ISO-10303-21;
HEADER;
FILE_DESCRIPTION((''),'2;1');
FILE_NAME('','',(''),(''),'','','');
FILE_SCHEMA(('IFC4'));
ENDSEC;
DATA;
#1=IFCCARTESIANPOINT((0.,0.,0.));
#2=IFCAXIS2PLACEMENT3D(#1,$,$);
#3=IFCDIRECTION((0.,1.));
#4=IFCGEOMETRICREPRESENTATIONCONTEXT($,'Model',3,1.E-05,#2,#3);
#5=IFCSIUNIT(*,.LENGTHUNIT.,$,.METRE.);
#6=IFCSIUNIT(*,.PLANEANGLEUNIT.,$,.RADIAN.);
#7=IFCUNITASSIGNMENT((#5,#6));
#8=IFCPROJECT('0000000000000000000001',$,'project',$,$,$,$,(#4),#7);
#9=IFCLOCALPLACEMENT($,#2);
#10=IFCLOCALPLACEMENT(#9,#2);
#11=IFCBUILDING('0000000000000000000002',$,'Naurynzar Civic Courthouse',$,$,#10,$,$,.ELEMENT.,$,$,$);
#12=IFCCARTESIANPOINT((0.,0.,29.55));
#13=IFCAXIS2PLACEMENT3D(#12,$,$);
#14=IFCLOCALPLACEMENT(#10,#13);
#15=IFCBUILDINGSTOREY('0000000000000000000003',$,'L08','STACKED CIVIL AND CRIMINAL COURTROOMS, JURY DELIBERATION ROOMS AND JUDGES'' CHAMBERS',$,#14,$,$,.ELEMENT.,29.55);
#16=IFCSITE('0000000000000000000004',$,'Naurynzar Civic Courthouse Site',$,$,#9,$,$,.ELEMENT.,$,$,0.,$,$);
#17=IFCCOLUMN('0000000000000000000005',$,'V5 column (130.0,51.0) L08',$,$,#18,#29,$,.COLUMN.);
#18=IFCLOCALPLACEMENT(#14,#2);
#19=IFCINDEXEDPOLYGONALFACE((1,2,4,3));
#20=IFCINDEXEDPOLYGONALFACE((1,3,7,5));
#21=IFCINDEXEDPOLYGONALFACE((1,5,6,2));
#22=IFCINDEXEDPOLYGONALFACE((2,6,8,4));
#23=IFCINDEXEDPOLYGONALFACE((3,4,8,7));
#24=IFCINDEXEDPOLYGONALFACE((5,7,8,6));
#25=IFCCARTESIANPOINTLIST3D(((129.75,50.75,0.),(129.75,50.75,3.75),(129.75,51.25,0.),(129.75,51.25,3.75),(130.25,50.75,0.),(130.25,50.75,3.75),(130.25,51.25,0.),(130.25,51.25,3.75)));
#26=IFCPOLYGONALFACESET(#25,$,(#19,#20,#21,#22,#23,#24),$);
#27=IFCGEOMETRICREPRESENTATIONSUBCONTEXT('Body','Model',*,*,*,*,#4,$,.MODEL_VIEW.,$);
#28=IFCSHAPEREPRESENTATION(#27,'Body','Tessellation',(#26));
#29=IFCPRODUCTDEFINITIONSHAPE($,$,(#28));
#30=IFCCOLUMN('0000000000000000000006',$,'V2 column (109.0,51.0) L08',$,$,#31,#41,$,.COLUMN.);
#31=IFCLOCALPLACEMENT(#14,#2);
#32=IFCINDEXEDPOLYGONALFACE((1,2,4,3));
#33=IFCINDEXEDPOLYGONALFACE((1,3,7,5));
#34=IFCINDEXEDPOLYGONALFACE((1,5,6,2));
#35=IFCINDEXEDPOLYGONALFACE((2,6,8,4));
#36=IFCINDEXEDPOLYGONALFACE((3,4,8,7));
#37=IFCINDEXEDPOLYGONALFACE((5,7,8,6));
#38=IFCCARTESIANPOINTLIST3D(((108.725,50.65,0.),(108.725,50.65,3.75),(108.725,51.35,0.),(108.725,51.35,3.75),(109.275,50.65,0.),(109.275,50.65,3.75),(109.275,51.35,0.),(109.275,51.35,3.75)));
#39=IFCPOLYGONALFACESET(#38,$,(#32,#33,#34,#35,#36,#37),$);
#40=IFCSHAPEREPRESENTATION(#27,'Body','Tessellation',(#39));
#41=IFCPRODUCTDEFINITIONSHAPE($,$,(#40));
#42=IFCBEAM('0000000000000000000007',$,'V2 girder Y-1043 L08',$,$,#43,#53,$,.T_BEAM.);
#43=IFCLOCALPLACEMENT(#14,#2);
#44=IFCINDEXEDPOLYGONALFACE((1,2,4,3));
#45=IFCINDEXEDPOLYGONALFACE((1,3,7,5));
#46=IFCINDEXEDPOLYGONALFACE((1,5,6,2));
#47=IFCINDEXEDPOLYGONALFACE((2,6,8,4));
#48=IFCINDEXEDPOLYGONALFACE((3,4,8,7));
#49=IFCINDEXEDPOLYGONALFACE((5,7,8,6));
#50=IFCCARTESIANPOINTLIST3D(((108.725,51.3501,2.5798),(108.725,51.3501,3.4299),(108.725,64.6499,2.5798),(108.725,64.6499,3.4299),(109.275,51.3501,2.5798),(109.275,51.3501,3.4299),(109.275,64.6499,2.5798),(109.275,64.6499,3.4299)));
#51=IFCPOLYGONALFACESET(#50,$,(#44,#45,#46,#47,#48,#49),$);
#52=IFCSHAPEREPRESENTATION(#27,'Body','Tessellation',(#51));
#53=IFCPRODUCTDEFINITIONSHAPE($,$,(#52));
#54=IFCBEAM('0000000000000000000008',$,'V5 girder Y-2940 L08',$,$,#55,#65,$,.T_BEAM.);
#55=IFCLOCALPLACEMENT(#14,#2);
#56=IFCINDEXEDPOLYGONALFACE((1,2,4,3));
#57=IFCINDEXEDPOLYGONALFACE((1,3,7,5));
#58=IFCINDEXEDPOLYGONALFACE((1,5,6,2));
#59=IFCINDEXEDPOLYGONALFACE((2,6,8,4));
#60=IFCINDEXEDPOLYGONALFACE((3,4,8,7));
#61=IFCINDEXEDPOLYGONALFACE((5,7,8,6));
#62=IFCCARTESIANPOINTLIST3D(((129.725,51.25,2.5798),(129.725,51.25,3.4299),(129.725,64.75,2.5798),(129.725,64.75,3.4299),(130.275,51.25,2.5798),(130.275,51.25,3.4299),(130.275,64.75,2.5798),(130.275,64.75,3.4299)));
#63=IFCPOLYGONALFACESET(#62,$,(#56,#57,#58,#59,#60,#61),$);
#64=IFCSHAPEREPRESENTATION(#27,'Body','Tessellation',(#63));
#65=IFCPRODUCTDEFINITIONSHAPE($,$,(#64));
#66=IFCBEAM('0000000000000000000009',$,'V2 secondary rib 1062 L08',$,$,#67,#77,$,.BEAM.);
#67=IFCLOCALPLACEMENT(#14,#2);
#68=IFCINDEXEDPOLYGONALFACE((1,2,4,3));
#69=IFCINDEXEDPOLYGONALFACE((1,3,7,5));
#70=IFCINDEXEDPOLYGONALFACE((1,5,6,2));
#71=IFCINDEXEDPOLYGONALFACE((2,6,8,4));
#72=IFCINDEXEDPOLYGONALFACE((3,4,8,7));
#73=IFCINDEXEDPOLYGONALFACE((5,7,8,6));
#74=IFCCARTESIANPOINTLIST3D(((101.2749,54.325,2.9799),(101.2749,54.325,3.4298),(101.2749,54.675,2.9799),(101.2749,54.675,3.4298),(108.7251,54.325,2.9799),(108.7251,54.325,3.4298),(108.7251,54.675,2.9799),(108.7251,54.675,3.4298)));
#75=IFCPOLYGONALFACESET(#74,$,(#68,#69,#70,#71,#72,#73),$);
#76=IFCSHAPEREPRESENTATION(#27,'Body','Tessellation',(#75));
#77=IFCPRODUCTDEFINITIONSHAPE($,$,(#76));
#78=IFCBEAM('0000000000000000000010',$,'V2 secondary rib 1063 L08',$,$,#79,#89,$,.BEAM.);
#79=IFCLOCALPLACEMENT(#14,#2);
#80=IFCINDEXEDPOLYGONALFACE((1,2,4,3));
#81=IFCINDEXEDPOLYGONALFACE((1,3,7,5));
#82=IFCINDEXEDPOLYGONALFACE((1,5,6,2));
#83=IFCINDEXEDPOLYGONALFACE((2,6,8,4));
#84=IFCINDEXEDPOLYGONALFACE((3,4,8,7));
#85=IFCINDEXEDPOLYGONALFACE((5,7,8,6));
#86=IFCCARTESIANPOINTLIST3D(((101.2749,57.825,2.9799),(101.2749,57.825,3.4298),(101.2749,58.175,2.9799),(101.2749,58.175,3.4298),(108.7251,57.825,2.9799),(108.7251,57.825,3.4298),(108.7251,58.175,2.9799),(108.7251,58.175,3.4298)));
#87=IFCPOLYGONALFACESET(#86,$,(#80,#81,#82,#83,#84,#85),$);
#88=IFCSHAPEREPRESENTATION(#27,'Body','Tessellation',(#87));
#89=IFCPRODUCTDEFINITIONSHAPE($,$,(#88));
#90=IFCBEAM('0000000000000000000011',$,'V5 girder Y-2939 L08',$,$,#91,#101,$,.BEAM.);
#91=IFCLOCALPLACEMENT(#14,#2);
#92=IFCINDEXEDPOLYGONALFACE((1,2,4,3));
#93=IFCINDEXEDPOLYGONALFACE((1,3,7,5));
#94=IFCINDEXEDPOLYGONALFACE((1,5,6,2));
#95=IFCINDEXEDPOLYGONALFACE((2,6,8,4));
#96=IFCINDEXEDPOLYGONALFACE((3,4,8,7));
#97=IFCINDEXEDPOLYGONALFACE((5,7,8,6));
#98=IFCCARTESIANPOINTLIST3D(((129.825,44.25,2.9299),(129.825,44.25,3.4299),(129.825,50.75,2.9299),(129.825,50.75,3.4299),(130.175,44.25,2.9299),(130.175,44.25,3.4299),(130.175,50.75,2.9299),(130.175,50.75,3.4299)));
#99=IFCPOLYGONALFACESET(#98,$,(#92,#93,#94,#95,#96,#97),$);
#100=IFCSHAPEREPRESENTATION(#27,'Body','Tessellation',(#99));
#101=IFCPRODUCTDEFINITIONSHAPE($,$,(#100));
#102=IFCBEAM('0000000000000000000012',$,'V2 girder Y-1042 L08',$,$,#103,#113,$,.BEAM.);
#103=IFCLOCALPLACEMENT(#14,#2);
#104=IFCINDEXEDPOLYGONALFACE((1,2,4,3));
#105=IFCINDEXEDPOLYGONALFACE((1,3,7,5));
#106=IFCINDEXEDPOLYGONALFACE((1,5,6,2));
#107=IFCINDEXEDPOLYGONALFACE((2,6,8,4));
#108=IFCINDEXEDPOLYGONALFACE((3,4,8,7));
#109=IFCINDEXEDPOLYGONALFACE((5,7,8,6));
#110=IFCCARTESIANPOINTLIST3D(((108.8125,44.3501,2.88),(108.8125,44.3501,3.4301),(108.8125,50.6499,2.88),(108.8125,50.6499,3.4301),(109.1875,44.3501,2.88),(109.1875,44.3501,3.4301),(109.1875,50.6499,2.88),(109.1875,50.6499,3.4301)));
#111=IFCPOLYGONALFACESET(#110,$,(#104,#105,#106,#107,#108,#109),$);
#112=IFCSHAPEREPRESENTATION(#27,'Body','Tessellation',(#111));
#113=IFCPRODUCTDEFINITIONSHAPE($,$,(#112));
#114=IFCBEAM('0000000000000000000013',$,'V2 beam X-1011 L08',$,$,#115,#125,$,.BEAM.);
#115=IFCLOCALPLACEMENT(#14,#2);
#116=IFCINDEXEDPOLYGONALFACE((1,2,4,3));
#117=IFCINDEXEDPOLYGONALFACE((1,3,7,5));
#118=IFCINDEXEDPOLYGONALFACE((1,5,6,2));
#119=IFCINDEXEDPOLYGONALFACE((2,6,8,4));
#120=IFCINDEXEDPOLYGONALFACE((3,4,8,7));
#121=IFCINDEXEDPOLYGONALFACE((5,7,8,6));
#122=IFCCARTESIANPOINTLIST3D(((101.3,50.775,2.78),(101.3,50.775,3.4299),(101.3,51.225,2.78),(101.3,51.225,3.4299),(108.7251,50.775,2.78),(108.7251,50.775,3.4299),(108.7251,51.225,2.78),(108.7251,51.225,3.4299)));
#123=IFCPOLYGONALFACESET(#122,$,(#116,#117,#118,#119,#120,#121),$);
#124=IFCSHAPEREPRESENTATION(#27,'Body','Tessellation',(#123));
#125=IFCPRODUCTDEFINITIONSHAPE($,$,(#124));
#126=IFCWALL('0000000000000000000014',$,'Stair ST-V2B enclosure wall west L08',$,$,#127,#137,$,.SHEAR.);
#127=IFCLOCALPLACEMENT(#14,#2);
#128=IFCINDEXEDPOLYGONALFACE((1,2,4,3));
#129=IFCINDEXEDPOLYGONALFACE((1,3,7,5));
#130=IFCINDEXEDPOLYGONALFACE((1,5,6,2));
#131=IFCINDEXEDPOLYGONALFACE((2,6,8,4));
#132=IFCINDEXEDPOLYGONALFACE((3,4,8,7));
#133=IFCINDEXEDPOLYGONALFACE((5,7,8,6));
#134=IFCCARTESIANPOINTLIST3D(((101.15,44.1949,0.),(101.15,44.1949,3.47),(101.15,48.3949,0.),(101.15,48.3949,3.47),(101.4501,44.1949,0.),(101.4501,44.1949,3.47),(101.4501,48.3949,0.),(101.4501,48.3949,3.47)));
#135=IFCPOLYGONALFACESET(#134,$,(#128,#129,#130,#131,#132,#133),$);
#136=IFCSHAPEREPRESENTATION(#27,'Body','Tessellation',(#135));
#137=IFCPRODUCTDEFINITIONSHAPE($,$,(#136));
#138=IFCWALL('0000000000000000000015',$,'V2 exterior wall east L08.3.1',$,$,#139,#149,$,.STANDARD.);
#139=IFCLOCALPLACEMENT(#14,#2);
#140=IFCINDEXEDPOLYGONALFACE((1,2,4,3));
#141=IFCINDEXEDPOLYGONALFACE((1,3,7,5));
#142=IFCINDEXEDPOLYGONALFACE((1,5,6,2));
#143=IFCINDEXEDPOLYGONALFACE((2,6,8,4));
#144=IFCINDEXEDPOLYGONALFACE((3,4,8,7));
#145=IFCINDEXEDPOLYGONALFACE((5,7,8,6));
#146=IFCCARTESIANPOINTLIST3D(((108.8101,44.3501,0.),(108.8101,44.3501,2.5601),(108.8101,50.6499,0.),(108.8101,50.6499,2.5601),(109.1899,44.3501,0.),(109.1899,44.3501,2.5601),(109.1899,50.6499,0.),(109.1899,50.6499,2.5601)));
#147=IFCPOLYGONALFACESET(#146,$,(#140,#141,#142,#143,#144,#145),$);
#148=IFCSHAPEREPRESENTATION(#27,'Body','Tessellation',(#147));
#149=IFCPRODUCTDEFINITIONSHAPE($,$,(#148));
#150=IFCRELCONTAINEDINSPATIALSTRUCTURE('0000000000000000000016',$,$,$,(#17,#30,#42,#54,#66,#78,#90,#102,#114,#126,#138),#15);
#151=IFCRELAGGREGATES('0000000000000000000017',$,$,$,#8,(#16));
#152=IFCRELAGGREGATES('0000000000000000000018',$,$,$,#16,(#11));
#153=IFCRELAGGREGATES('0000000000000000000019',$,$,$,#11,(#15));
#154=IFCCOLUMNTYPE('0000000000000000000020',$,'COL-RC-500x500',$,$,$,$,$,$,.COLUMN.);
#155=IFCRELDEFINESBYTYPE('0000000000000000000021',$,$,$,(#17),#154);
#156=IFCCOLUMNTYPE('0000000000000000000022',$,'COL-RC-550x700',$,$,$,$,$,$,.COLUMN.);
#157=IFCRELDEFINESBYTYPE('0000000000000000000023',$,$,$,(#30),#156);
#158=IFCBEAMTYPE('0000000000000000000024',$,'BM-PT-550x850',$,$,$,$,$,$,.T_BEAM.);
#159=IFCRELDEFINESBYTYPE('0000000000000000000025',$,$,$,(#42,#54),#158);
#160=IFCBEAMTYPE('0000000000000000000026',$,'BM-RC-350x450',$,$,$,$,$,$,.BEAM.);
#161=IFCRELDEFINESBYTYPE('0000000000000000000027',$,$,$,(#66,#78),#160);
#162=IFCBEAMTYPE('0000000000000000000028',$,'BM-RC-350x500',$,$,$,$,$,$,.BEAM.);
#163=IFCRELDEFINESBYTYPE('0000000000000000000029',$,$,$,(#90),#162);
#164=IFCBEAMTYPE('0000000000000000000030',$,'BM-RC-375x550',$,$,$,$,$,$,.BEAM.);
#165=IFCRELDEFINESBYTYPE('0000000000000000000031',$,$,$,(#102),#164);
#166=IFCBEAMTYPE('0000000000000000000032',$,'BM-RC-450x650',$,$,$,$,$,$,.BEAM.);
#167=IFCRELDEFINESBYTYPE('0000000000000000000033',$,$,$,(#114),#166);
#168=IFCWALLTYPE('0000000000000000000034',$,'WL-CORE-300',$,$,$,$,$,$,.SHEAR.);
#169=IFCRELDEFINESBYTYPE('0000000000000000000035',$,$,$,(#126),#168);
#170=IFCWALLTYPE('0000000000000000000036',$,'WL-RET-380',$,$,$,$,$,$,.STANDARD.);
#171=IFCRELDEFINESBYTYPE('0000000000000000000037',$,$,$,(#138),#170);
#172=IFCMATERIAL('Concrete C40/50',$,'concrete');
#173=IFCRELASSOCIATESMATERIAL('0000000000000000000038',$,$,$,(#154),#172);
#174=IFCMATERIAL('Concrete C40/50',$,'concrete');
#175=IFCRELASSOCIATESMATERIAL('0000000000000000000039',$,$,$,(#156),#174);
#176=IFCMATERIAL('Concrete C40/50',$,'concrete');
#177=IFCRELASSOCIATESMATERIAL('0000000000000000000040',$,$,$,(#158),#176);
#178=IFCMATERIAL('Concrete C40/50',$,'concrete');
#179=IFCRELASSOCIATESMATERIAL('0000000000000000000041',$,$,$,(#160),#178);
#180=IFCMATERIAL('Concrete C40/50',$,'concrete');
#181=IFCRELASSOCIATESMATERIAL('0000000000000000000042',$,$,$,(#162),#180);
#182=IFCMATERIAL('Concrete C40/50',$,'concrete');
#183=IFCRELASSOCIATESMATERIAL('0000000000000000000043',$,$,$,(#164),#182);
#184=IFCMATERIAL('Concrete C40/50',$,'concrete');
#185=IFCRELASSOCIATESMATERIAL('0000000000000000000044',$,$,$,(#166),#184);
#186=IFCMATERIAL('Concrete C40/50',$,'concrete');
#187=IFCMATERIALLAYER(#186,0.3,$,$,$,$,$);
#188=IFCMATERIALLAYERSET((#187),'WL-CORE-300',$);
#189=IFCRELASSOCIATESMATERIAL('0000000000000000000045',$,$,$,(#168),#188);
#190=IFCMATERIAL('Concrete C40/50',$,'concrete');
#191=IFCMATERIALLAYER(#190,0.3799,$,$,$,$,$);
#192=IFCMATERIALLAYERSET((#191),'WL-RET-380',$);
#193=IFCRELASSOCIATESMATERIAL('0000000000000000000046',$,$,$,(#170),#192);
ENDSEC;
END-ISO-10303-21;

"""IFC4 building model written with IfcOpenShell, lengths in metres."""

from ifc_helpers import new_model, si_unit, direction, frame, frame_2d, origin, origin_2d, place, context, subcontext, project, spatial, rectangle, extrude, material, layer, layer_set, material_profile, profile_set, type_object, element, save


model = new_model("IFC4")

# Units and contexts
model_context = context("Model", 3, precision=1e-05, world=origin(), true_north=direction((0.0, 1.0)))
body_context = subcontext(model_context, "Body", "Model", "MODEL_VIEW")
ifc_project = project(units=[si_unit("LENGTHUNIT", "METRE"), si_unit("PLANEANGLEUNIT", "RADIAN")], contexts=[model_context])

# Site, building, storey
site_placement = place(None, origin())
site = spatial("IfcSite", under=ifc_project, at=site_placement, Name="Naurynzar Civic Courthouse Site", CompositionType="ELEMENT", RefElevation=0.0)
building_placement = place(site_placement, origin())
building = spatial("IfcBuilding", under=site, at=building_placement, Name="Naurynzar Civic Courthouse", CompositionType="ELEMENT")
storey_placement = place(building_placement, frame((0.0, 0.0, 29.55)))
storey = spatial("IfcBuildingStorey", under=building, at=storey_placement, Name="L08", Description="STACKED CIVIL AND CRIMINAL COURTROOMS, JURY DELIBERATION ROOMS AND JUDGES' CHAMBERS", CompositionType="ELEMENT", Elevation=29.55)

# Columns
ifc_material_1 = material(Name="Concrete C40/50", Category="concrete")
ifc_material_profile_1 = material_profile(ifc_material_1, rectangle(XDim=0.5, YDim=0.5, at=origin_2d()), Name="RC 500x500")
ifc_profile_set_1 = profile_set([ifc_material_profile_1], Name="Concrete C40/50")
column_type_1 = type_object("IfcColumnType", Name="COL-RC-500x500", PredefinedType="COLUMN", material=ifc_profile_set_1)
column_1_placement = place(storey_placement, frame((130.0, 51.0, 0.0), z_axis=(0.0, 0.0, 1.0), x_axis=(1.0, 0.0, 0.0)))
element("IfcColumn", 1, at=column_1_placement, inside=storey, type_object=column_type_1, Name="V5 column (130.0,51.0) L08", PredefinedType="COLUMN", context=body_context, shape_type="SweptSolid", body=[
    extrude(rectangle(XDim=0.5, YDim=0.5, at=origin_2d()), origin(), (0.0, 0.0, 1.0), 3.75),
])
ifc_material_2 = material(Name="Concrete C40/50", Category="concrete")
ifc_material_profile_2 = material_profile(ifc_material_2, rectangle(XDim=0.55, YDim=0.7, at=origin_2d()), Name="RC 550x700")
ifc_profile_set_2 = profile_set([ifc_material_profile_2], Name="Concrete C40/50")
column_type_2 = type_object("IfcColumnType", Name="COL-RC-550x700", PredefinedType="COLUMN", material=ifc_profile_set_2)
column_2_placement = place(storey_placement, frame((109.0, 51.0, 0.0), z_axis=(0.0, 0.0, 1.0), x_axis=(1.0, 0.0, 0.0)))
element("IfcColumn", 2, at=column_2_placement, inside=storey, type_object=column_type_2, Name="V2 column (109.0,51.0) L08", PredefinedType="COLUMN", context=body_context, shape_type="SweptSolid", body=[
    extrude(rectangle(XDim=0.55, YDim=0.7, at=origin_2d()), origin(), (0.0, 0.0, 1.0), 3.75),
])

# Beams
ifc_material_3 = material(Name="Concrete C40/50", Category="concrete")
ifc_material_profile_3 = material_profile(ifc_material_3, rectangle(XDim=0.55, YDim=0.8501, at=origin_2d()), Name="PTB 550x850")
ifc_profile_set_3 = profile_set([ifc_material_profile_3], Name="Concrete C40/50")
beam_type_1 = type_object("IfcBeamType", Name="BM-PT-550x850", PredefinedType="T_BEAM", material=ifc_profile_set_3)
beam_1_placement = place(storey_placement, frame((109.0, 51.3501, 3.0049), z_axis=(0.0, 1.0, 0.0), x_axis=(-1.0, 0.0, 0.0)))
element("IfcBeam", 3, at=beam_1_placement, inside=storey, type_object=beam_type_1, Name="V2 girder Y-1043 L08", PredefinedType="T_BEAM", context=body_context, shape_type="SweptSolid", body=[
    extrude(rectangle(XDim=0.55, YDim=0.8501, at=origin_2d()), origin(), (0.0, 0.0, 1.0), 13.2998),
])
beam_2_placement = place(storey_placement, frame((130.0, 51.25, 3.0049), z_axis=(0.0, 1.0, 0.0), x_axis=(-1.0, 0.0, 0.0)))
element("IfcBeam", 4, at=beam_2_placement, inside=storey, type_object=beam_type_1, Name="V5 girder Y-2940 L08", PredefinedType="T_BEAM", context=body_context, shape_type="SweptSolid", body=[
    extrude(rectangle(XDim=0.55, YDim=0.8501, at=origin_2d()), origin(), (0.0, 0.0, 1.0), 13.5),
])
ifc_material_4 = material(Name="Concrete C40/50", Category="concrete")
ifc_material_profile_4 = material_profile(ifc_material_4, rectangle(XDim=0.3501, YDim=0.45, at=origin_2d()), Name="RCB 350x450")
ifc_profile_set_4 = profile_set([ifc_material_profile_4], Name="Concrete C40/50")
beam_type_2 = type_object("IfcBeamType", Name="BM-RC-350x450", PredefinedType="BEAM", material=ifc_profile_set_4)
for number, where, z_axis, x_axis, name in (
    (5, (101.2749, 54.5, 3.2048), (1.0, 0.0, 0.0), (0.0, 1.0, 0.0), "V2 secondary rib 1062 L08"),
    (6, (101.2749, 58.0, 3.2048), (1.0, 0.0, 0.0), (0.0, 1.0, 0.0), "V2 secondary rib 1063 L08"),
):
    element("IfcBeam", number, at=place(storey_placement, frame(where, z_axis=z_axis, x_axis=x_axis)), inside=storey, type_object=beam_type_2, Name=name, PredefinedType="BEAM", context=body_context, shape_type="SweptSolid", body=[
        extrude(rectangle(XDim=0.3501, YDim=0.45, at=origin_2d()), origin(), (0.0, 0.0, 1.0), 7.4502),
    ])
ifc_material_5 = material(Name="Concrete C40/50", Category="concrete")
ifc_material_profile_5 = material_profile(ifc_material_5, rectangle(XDim=0.3501, YDim=0.5, at=origin_2d()), Name="RCB 350x500")
ifc_profile_set_5 = profile_set([ifc_material_profile_5], Name="Concrete C40/50")
beam_type_3 = type_object("IfcBeamType", Name="BM-RC-350x500", PredefinedType="BEAM", material=ifc_profile_set_5)
beam_3_placement = place(storey_placement, frame((130.0, 44.25, 3.1799), z_axis=(0.0, 1.0, 0.0), x_axis=(-1.0, 0.0, 0.0)))
element("IfcBeam", 7, at=beam_3_placement, inside=storey, type_object=beam_type_3, Name="V5 girder Y-2939 L08", PredefinedType="BEAM", context=body_context, shape_type="SweptSolid", body=[
    extrude(rectangle(XDim=0.3501, YDim=0.5, at=origin_2d()), origin(), (0.0, 0.0, 1.0), 6.5),
])
ifc_material_6 = material(Name="Concrete C40/50", Category="concrete")
ifc_material_profile_6 = material_profile(ifc_material_6, rectangle(XDim=0.375, YDim=0.55, at=origin_2d()), Name="RCB 375x550")
ifc_profile_set_6 = profile_set([ifc_material_profile_6], Name="Concrete C40/50")
beam_type_4 = type_object("IfcBeamType", Name="BM-RC-375x550", PredefinedType="BEAM", material=ifc_profile_set_6)
beam_4_placement = place(storey_placement, frame((109.0, 44.3501, 3.155), z_axis=(0.0, 1.0, 0.0), x_axis=(-1.0, 0.0, 0.0)))
element("IfcBeam", 8, at=beam_4_placement, inside=storey, type_object=beam_type_4, Name="V2 girder Y-1042 L08", PredefinedType="BEAM", context=body_context, shape_type="SweptSolid", body=[
    extrude(rectangle(XDim=0.375, YDim=0.55, at=origin_2d()), origin(), (0.0, 0.0, 1.0), 6.2998),
])
ifc_material_7 = material(Name="Concrete C40/50", Category="concrete")
ifc_material_profile_7 = material_profile(ifc_material_7, rectangle(XDim=0.45, YDim=0.6499, at=origin_2d()), Name="RCB 450x650")
ifc_profile_set_7 = profile_set([ifc_material_profile_7], Name="Concrete C40/50")
beam_type_5 = type_object("IfcBeamType", Name="BM-RC-450x650", PredefinedType="BEAM", material=ifc_profile_set_7)
beam_5_placement = place(storey_placement, frame((101.3, 51.0, 3.105), z_axis=(1.0, 0.0, 0.0), x_axis=(0.0, 1.0, 0.0)))
element("IfcBeam", 9, at=beam_5_placement, inside=storey, type_object=beam_type_5, Name="V2 beam X-1011 L08", PredefinedType="BEAM", context=body_context, shape_type="SweptSolid", body=[
    extrude(rectangle(XDim=0.45, YDim=0.6499, at=origin_2d()), origin(), (0.0, 0.0, 1.0), 7.425),
])

# Shared definitions
ifc_material_8 = material(Name="Concrete C40/50", Category="concrete")
ifc_layer_1 = layer(ifc_material_8, 0.3)
ifc_layer_set_1 = layer_set([ifc_layer_1], Name="WL-CORE-300")
wall_type_1 = type_object("IfcWallType", Name="WL-CORE-300", PredefinedType="SHEAR", material=ifc_layer_set_1)

# Walls
wall_1_placement = place(storey_placement, frame((101.3, 48.395, 0.0), z_axis=(0.0, 0.0, 1.0), x_axis=(0.0, -1.0, 0.0)))
element("IfcWall", 10, at=wall_1_placement, inside=storey, type_object=wall_type_1, Name="Stair ST-V2B enclosure wall west L08", PredefinedType="SHEAR", context=body_context, shape_type="SweptSolid", body=[
    extrude(rectangle(XDim=4.2, YDim=0.3, at=frame_2d((2.1001, 0.0))), origin(), (0.0, 0.0, 1.0), 3.47),
])
ifc_material_9 = material(Name="Concrete C40/50", Category="concrete")
ifc_layer_2 = layer(ifc_material_9, 0.3799)
ifc_layer_set_2 = layer_set([ifc_layer_2], Name="WL-RET-380")
wall_type_2 = type_object("IfcWallType", Name="WL-RET-380", PredefinedType="STANDARD", material=ifc_layer_set_2)
wall_2_placement = place(storey_placement, frame((109.0, 50.6499, 0.0), z_axis=(0.0, 0.0, 1.0), x_axis=(0.0, -1.0, 0.0)))
element("IfcWall", 11, at=wall_2_placement, inside=storey, type_object=wall_type_2, Name="V2 exterior wall east L08.3.1", PredefinedType="STANDARD", context=body_context, shape_type="SweptSolid", body=[
    extrude(rectangle(XDim=6.2998, YDim=0.3799, at=frame_2d((3.1499, 0.0))), origin(), (0.0, 0.0, 1.0), 2.5601),
])

save(model, "model.ifc")
